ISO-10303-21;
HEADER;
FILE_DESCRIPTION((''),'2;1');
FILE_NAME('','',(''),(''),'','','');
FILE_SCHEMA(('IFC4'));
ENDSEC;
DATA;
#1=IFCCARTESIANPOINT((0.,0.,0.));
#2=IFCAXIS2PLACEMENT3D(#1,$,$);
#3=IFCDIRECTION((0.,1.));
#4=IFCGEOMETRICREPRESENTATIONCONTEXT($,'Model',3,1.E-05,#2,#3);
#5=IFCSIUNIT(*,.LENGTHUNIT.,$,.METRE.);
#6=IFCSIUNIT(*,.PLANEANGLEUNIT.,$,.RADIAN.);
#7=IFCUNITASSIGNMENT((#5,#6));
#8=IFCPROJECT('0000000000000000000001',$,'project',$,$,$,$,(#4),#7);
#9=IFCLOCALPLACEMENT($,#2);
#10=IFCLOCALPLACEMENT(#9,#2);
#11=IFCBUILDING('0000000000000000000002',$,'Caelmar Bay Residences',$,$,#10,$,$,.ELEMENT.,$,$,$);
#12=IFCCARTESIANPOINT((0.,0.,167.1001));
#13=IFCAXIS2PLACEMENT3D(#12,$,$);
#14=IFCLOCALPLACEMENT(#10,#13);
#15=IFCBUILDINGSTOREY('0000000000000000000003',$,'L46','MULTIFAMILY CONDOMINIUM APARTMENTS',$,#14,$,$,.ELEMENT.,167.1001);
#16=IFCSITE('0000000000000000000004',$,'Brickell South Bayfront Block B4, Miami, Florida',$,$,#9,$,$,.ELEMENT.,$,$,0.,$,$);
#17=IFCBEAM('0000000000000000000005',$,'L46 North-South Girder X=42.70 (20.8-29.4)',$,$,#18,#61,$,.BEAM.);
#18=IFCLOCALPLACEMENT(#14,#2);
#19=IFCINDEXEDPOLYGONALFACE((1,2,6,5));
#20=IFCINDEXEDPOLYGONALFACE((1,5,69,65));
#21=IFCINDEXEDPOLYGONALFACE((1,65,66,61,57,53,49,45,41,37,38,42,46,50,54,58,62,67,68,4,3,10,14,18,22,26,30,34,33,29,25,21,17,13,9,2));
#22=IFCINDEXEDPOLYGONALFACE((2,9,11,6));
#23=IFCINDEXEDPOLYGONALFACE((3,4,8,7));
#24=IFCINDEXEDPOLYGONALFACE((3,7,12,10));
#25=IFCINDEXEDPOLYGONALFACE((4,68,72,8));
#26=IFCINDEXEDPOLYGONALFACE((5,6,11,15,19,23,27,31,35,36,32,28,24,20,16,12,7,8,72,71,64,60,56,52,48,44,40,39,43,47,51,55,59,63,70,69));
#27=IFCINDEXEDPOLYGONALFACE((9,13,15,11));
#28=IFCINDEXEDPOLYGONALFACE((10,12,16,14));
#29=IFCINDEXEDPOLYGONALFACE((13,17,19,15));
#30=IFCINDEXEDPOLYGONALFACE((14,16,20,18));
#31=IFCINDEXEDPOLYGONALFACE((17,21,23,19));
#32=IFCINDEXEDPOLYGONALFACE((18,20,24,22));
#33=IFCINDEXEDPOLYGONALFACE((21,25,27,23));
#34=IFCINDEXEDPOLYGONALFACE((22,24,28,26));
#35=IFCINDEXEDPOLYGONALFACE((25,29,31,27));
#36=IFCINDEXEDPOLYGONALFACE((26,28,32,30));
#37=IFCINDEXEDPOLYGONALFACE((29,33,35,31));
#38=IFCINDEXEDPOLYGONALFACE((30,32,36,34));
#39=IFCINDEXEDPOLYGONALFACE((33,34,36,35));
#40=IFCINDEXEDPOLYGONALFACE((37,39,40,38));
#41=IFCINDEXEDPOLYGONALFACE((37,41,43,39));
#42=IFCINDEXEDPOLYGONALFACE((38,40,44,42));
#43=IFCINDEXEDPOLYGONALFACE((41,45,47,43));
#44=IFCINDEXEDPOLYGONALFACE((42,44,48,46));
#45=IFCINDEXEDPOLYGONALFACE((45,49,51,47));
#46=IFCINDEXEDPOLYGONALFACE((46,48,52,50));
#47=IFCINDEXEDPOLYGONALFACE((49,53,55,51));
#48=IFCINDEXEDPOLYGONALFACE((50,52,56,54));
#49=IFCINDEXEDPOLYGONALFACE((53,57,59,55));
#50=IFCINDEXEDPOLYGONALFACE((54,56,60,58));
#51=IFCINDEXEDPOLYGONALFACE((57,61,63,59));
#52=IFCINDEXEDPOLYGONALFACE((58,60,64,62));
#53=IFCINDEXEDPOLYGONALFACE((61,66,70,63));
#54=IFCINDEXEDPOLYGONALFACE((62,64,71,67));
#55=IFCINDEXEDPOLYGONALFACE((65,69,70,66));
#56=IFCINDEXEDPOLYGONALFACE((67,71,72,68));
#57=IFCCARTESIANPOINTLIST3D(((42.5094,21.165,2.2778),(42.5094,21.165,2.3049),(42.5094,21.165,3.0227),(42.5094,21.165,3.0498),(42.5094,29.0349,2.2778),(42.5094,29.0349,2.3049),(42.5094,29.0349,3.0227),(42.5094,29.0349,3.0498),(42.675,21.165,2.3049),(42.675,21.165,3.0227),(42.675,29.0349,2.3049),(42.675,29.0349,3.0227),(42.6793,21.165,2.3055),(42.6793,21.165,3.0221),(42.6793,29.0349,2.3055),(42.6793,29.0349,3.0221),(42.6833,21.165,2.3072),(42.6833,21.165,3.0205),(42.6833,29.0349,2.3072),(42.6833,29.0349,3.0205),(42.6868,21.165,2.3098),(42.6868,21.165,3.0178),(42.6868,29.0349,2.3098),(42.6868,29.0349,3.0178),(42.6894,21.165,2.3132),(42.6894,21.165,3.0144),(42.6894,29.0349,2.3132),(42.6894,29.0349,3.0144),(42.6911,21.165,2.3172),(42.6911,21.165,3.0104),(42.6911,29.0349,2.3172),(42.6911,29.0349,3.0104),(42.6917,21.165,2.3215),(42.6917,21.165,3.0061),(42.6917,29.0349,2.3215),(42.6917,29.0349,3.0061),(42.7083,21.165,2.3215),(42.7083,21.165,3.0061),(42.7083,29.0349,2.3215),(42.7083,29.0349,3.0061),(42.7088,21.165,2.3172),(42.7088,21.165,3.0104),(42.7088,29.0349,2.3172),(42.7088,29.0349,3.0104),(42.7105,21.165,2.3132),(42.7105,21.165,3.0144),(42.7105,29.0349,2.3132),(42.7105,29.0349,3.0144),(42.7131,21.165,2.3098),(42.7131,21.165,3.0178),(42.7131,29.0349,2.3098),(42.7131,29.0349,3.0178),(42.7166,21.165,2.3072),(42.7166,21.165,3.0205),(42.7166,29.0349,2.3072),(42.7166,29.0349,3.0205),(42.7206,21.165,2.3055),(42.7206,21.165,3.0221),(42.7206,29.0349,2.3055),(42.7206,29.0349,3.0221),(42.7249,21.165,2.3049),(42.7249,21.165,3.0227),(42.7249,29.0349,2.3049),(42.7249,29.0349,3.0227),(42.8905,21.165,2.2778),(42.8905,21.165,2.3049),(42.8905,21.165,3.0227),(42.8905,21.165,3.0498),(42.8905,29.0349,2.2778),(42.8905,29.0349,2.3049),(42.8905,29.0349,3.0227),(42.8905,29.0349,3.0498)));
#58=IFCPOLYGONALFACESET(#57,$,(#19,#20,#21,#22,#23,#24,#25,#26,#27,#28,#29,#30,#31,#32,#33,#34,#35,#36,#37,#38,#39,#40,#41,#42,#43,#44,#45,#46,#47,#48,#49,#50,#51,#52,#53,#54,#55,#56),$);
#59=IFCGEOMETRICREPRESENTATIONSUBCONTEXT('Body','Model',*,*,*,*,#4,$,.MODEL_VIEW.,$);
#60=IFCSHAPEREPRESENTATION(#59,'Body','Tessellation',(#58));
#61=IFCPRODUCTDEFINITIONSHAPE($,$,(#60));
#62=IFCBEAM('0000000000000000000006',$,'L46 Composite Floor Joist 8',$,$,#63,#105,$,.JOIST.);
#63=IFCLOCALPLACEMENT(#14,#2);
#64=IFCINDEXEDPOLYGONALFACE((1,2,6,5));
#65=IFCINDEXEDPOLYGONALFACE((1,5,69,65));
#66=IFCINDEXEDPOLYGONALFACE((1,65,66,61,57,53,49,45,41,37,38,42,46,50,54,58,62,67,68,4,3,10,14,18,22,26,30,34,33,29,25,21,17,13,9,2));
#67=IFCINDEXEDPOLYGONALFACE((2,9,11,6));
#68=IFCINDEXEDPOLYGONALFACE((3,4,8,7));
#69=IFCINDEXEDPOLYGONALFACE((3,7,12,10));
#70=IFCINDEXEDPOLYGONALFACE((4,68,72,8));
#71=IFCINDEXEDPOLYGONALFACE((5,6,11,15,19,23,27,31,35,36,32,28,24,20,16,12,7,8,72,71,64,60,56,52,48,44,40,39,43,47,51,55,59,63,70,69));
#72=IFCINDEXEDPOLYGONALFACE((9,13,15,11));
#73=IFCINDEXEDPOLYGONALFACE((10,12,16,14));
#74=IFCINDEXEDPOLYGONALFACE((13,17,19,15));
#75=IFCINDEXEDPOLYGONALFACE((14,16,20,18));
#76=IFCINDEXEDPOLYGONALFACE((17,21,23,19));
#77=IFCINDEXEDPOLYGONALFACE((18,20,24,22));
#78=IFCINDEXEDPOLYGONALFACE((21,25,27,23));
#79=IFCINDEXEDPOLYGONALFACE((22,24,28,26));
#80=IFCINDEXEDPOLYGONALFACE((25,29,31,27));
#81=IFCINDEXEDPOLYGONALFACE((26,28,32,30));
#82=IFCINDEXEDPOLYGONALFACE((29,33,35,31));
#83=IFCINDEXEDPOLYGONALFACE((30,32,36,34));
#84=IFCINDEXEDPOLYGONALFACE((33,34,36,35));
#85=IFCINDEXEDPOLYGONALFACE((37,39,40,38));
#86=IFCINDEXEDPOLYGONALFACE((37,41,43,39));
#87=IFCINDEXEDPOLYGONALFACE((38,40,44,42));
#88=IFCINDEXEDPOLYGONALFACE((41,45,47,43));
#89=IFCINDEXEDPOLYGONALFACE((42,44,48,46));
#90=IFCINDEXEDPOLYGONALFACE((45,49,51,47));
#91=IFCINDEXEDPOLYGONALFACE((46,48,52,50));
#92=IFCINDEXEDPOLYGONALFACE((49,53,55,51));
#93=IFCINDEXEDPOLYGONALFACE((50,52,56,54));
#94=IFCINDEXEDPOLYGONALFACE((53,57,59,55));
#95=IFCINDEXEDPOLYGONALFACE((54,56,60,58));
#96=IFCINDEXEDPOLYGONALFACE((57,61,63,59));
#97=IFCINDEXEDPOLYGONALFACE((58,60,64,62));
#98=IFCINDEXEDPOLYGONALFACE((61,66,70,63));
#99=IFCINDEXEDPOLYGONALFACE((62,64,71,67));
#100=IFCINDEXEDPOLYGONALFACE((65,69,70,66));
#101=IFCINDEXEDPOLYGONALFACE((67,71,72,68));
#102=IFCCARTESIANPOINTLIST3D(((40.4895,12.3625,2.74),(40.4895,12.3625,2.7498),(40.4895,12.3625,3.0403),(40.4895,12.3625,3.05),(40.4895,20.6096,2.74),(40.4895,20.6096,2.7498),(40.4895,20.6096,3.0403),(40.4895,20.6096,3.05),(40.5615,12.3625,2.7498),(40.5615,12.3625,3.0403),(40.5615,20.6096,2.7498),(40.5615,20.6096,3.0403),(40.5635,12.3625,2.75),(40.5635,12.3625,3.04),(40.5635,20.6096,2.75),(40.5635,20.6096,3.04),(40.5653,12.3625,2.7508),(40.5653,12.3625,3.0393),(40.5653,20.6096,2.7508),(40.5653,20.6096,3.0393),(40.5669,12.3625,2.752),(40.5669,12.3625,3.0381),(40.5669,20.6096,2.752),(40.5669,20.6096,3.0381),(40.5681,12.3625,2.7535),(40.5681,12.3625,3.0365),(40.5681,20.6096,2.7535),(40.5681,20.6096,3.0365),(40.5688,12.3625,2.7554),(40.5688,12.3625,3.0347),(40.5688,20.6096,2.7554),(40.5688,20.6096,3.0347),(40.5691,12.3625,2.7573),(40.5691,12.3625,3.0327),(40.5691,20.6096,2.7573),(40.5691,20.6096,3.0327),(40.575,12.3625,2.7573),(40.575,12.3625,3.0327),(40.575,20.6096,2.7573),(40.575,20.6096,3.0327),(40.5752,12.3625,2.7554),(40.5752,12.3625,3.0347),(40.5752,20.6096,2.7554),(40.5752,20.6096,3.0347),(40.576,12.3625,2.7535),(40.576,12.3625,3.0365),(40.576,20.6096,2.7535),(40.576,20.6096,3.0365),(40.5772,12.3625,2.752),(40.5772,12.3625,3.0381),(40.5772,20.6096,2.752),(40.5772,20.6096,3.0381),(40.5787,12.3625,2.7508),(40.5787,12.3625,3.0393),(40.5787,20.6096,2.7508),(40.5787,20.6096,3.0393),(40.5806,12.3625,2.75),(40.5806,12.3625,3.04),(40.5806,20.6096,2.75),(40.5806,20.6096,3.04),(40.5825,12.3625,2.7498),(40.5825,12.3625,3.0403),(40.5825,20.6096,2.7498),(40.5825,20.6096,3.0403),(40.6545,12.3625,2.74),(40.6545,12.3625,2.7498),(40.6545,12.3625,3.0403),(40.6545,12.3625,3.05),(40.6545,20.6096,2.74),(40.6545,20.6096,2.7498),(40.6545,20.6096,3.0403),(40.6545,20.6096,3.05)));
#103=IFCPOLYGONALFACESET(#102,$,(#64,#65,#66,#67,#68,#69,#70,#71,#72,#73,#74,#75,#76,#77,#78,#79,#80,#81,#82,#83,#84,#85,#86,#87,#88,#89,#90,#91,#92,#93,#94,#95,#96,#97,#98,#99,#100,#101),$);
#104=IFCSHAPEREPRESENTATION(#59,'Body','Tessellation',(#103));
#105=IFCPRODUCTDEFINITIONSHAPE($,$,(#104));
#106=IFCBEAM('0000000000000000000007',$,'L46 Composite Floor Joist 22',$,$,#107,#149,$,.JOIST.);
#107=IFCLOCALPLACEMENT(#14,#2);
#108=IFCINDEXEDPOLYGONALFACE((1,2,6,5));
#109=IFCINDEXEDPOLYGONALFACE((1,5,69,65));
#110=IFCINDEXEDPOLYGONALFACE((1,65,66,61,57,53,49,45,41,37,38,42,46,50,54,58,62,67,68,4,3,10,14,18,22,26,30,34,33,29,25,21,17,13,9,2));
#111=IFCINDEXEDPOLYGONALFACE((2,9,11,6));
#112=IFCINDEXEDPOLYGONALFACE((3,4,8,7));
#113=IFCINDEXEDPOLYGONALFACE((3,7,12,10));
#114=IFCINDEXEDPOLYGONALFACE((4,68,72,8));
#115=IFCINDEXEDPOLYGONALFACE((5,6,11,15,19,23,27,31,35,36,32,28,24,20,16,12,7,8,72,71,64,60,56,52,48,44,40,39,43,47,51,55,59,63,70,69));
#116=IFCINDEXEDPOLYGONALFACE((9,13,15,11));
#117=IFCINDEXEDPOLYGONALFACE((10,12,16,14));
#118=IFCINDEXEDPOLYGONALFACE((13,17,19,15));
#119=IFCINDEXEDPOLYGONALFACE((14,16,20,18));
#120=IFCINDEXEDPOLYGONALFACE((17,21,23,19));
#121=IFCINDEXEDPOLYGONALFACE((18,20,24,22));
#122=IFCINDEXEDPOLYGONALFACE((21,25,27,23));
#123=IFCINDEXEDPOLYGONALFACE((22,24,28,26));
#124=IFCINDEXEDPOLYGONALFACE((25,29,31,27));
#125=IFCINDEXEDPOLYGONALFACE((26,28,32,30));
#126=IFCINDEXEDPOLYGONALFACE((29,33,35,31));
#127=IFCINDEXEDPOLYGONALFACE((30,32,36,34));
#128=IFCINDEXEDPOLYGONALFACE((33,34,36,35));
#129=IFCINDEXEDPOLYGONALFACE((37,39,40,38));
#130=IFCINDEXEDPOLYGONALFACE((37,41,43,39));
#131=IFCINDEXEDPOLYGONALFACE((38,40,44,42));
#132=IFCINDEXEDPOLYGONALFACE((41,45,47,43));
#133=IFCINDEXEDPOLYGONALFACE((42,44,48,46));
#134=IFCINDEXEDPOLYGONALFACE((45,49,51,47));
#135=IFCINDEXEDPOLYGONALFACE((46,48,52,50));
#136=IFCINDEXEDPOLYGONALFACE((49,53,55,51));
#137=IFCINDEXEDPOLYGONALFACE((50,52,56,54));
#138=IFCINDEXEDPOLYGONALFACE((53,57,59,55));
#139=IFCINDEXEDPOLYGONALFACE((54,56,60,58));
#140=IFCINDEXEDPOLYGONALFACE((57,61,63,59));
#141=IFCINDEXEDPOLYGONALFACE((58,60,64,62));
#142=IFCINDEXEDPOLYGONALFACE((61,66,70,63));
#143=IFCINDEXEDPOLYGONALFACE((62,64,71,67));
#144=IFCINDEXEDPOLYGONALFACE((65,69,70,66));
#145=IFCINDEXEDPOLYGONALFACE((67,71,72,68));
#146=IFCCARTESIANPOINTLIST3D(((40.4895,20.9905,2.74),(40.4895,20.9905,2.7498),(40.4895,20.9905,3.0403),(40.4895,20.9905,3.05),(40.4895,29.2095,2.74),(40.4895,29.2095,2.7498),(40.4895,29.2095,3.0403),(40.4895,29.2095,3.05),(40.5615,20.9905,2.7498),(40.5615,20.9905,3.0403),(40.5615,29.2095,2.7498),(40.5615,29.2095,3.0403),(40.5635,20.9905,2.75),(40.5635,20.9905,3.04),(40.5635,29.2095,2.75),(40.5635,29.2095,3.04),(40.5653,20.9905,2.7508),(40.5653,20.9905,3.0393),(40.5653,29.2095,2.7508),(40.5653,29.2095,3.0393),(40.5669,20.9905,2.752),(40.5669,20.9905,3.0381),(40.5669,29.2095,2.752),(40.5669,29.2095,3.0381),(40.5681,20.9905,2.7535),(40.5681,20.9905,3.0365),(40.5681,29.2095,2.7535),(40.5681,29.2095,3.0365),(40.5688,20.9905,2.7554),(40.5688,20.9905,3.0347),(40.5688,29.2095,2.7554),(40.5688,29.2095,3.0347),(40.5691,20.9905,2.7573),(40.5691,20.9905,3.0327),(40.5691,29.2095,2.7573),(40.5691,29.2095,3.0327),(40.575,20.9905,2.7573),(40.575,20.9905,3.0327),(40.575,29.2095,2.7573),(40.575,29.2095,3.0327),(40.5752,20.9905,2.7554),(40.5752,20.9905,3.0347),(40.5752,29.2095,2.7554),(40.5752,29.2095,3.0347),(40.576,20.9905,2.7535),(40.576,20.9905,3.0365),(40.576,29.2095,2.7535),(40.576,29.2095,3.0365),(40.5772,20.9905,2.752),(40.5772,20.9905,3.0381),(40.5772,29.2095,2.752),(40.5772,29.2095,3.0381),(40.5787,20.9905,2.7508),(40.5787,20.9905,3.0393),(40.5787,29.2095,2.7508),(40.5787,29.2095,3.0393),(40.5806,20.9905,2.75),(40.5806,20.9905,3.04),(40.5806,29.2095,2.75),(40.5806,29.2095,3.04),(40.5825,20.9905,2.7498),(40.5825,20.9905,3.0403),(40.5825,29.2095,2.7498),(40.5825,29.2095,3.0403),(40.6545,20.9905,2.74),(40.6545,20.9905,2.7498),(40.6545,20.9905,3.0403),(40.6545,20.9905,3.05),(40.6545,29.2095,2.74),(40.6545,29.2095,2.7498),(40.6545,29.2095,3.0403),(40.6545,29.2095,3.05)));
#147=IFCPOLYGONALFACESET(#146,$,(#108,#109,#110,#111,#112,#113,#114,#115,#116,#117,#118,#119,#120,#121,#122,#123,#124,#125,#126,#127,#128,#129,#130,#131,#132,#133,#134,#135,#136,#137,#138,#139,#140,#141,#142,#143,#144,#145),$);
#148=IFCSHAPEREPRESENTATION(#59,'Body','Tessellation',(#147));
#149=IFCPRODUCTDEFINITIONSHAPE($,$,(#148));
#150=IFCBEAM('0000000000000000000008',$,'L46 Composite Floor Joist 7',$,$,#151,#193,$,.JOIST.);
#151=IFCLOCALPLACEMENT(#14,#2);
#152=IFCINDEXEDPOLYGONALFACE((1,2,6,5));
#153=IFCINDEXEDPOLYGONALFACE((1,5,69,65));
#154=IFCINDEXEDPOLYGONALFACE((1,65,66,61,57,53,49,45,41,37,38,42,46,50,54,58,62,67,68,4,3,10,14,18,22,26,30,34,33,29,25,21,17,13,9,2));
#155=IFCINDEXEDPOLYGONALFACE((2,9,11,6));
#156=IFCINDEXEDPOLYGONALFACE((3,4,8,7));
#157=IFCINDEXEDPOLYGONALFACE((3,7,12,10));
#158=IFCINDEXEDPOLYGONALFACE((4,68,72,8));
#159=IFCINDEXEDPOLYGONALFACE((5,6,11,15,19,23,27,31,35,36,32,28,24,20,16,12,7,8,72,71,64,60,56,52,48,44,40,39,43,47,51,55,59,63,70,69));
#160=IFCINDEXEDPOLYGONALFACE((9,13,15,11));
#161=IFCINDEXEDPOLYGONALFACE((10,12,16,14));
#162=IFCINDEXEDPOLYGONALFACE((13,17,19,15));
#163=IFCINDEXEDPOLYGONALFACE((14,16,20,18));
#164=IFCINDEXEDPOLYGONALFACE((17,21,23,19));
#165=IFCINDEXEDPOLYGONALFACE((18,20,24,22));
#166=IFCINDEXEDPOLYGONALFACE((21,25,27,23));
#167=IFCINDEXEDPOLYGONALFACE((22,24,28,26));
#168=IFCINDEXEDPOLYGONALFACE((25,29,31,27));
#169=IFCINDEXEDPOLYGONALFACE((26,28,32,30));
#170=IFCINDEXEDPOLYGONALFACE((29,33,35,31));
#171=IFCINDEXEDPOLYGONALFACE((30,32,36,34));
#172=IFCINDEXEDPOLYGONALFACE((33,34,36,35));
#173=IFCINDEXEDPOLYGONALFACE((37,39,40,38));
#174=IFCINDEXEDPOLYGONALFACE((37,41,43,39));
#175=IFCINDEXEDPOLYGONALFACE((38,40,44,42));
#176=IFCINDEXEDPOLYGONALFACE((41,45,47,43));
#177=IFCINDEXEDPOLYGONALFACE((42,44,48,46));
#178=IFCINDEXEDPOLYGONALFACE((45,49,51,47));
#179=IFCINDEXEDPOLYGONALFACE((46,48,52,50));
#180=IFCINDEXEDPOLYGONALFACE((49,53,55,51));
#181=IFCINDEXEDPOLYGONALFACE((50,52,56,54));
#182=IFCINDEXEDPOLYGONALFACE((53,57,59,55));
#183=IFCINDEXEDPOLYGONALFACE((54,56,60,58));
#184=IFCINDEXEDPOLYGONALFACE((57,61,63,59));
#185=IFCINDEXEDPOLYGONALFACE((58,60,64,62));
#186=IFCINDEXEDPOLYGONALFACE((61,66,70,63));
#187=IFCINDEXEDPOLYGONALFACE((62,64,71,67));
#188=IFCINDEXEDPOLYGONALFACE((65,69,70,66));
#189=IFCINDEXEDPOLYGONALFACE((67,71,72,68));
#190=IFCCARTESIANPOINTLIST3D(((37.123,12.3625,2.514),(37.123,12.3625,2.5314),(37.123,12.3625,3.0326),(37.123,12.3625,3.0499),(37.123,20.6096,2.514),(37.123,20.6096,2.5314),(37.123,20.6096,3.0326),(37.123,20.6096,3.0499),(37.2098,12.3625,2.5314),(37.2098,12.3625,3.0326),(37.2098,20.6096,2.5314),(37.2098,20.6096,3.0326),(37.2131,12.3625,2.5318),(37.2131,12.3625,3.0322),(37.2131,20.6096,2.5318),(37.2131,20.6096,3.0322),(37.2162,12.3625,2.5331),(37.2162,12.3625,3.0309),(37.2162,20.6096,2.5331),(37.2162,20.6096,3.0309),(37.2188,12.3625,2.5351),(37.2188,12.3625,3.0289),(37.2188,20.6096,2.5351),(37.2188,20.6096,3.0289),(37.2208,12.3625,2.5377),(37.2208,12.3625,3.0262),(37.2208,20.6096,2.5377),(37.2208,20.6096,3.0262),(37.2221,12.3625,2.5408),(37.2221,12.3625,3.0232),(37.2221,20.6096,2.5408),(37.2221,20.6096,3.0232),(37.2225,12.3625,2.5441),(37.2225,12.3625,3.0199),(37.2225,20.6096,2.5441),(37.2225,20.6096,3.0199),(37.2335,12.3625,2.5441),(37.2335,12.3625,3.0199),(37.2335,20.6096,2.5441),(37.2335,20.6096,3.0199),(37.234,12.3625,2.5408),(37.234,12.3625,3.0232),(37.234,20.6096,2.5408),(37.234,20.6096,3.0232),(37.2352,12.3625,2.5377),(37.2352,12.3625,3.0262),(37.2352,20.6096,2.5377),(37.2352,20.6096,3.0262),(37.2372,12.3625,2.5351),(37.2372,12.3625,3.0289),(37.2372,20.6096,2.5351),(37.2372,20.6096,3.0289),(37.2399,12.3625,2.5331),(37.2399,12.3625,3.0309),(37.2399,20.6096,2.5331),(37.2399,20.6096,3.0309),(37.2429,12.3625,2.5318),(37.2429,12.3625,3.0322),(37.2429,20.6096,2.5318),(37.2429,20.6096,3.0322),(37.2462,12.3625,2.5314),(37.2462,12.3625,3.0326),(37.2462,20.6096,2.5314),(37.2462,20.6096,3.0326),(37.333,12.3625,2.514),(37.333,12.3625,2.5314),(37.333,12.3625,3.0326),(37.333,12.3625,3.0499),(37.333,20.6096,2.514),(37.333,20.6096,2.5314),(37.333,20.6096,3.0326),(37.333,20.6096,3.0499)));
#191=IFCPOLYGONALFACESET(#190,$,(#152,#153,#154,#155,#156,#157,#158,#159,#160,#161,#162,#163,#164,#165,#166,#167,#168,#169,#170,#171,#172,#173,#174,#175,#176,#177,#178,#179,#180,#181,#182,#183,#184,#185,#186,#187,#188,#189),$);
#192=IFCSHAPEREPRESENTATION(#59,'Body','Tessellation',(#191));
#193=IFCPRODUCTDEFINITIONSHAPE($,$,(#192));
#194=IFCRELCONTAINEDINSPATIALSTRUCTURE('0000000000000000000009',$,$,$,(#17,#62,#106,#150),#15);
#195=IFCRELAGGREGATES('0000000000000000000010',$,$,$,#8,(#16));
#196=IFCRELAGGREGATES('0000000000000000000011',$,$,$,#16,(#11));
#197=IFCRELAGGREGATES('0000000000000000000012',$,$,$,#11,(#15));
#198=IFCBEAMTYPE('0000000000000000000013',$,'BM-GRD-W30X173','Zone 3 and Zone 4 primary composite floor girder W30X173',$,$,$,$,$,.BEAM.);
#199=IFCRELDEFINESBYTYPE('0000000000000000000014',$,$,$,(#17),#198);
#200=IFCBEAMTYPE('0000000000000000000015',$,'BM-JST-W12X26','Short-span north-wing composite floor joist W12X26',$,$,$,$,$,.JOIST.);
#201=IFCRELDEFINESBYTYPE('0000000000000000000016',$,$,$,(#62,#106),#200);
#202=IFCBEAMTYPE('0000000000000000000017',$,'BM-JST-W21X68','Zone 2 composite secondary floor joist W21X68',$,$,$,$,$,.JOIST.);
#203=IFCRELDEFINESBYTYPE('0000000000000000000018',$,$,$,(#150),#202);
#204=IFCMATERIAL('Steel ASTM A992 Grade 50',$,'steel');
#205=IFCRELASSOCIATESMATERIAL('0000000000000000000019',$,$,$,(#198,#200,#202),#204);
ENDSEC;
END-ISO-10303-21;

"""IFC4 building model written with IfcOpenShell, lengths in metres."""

from ifc_helpers import new_model, si_unit, direction, frame, origin, origin_2d, place, context, subcontext, project, spatial, i_section, extrude, material, material_profile, profile_set, type_object, element, save


model = new_model("IFC4")

# Units and contexts
model_context = context("Model", 3, precision=1e-05, world=origin(), true_north=direction((0.0, 1.0)))
body_context = subcontext(model_context, "Body", "Model", "MODEL_VIEW")
ifc_project = project(units=[si_unit("LENGTHUNIT", "METRE"), si_unit("PLANEANGLEUNIT", "RADIAN")], contexts=[model_context])

# Site, building, storey
site_placement = place(None, origin())
site = spatial("IfcSite", under=ifc_project, at=site_placement, Name="Brickell South Bayfront Block B4, Miami, Florida", CompositionType="ELEMENT", RefElevation=0.0)
building_placement = place(site_placement, origin())
building = spatial("IfcBuilding", under=site, at=building_placement, Name="Caelmar Bay Residences", CompositionType="ELEMENT")
storey_placement = place(building_placement, frame((0.0, 0.0, 167.1001)))
storey = spatial("IfcBuildingStorey", under=building, at=storey_placement, Name="L46", Description="MULTIFAMILY CONDOMINIUM APARTMENTS", CompositionType="ELEMENT", Elevation=167.1001)

# Beams
ifc_material_1 = material(Name="Steel ASTM A992 Grade 50", Category="steel")
ifc_material_profile_1 = material_profile(ifc_material_1, i_section(OverallWidth=0.3811, OverallDepth=0.772, WebThickness=0.0166, FlangeThickness=0.0271, FilletRadius=0.0166, at=origin_2d()), Name="W30X173")
ifc_profile_set_1 = profile_set([ifc_material_profile_1], Name="Steel ASTM A992 Grade 50")
beam_type_1 = type_object("IfcBeamType", Name="BM-GRD-W30X173", Description="Zone 3 and Zone 4 primary composite floor girder W30X173", PredefinedType="BEAM", material=ifc_profile_set_1)
beam_1_placement = place(storey_placement, frame((42.7, 21.165, 2.6638), z_axis=(0.0, 1.0, 0.0), x_axis=(-1.0, 0.0, 0.0)))
element("IfcBeam", 1, at=beam_1_placement, inside=storey, type_object=beam_type_1, Name="L46 North-South Girder X=42.70 (20.8-29.4)", PredefinedType="BEAM", context=body_context, shape_type="SweptSolid", body=[
    extrude(i_section(OverallWidth=0.3811, OverallDepth=0.772, WebThickness=0.0166, FlangeThickness=0.0271, FilletRadius=0.0166, at=origin_2d()), origin(), (0.0, 0.0, 1.0), 7.8699),
])
ifc_material_profile_2 = material_profile(ifc_material_1, i_section(OverallWidth=0.165, OverallDepth=0.3101, WebThickness=0.0059, FlangeThickness=0.0098, FilletRadius=0.0076, at=origin_2d()), Name="W12X26")
ifc_profile_set_2 = profile_set([ifc_material_profile_2], Name="Steel ASTM A992 Grade 50")
beam_type_2 = type_object("IfcBeamType", Name="BM-JST-W12X26", Description="Short-span north-wing composite floor joist W12X26", PredefinedType="JOIST", material=ifc_profile_set_2)
beam_2_placement = place(storey_placement, frame((40.572, 12.3625, 2.895), z_axis=(0.0, 1.0, 0.0), x_axis=(-1.0, 0.0, 0.0)))
element("IfcBeam", 2, at=beam_2_placement, inside=storey, type_object=beam_type_2, Name="L46 Composite Floor Joist 8", PredefinedType="JOIST", context=body_context, shape_type="SweptSolid", body=[
    extrude(i_section(OverallWidth=0.165, OverallDepth=0.3101, WebThickness=0.0059, FlangeThickness=0.0098, FilletRadius=0.0076, at=origin_2d()), origin(), (0.0, 0.0, 1.0), 8.2471),
])
beam_3_placement = place(storey_placement, frame((40.572, 20.9905, 2.895), z_axis=(0.0, 1.0, 0.0), x_axis=(-1.0, 0.0, 0.0)))
element("IfcBeam", 3, at=beam_3_placement, inside=storey, type_object=beam_type_2, Name="L46 Composite Floor Joist 22", PredefinedType="JOIST", context=body_context, shape_type="SweptSolid", body=[
    extrude(i_section(OverallWidth=0.165, OverallDepth=0.3101, WebThickness=0.0059, FlangeThickness=0.0098, FilletRadius=0.0076, at=origin_2d()), origin(), (0.0, 0.0, 1.0), 8.219),
])
ifc_material_profile_3 = material_profile(ifc_material_1, i_section(OverallWidth=0.21, OverallDepth=0.5359, WebThickness=0.011, FlangeThickness=0.0173, FilletRadius=0.0127, at=origin_2d()), Name="W21X68")
ifc_profile_set_3 = profile_set([ifc_material_profile_3], Name="Steel ASTM A992 Grade 50")
beam_type_3 = type_object("IfcBeamType", Name="BM-JST-W21X68", Description="Zone 2 composite secondary floor joist W21X68", PredefinedType="JOIST", material=ifc_profile_set_3)
for number, where, z_axis, x_axis, name in (
    (4, (37.228, 12.3625, 2.782), (0.0, 1.0, 0.0), (-1.0, 0.0, 0.0), "L46 Composite Floor Joist 7"),
):
    element("IfcBeam", number, at=place(storey_placement, frame(where, z_axis=z_axis, x_axis=x_axis)), inside=storey, type_object=beam_type_3, Name=name, PredefinedType="JOIST", context=body_context, shape_type="SweptSolid", body=[
        extrude(i_section(OverallWidth=0.21, OverallDepth=0.5359, WebThickness=0.011, FlangeThickness=0.0173, FilletRadius=0.0127, at=origin_2d()), origin(), (0.0, 0.0, 1.0), 8.2471),
    ])

save(model, "model.ifc")
